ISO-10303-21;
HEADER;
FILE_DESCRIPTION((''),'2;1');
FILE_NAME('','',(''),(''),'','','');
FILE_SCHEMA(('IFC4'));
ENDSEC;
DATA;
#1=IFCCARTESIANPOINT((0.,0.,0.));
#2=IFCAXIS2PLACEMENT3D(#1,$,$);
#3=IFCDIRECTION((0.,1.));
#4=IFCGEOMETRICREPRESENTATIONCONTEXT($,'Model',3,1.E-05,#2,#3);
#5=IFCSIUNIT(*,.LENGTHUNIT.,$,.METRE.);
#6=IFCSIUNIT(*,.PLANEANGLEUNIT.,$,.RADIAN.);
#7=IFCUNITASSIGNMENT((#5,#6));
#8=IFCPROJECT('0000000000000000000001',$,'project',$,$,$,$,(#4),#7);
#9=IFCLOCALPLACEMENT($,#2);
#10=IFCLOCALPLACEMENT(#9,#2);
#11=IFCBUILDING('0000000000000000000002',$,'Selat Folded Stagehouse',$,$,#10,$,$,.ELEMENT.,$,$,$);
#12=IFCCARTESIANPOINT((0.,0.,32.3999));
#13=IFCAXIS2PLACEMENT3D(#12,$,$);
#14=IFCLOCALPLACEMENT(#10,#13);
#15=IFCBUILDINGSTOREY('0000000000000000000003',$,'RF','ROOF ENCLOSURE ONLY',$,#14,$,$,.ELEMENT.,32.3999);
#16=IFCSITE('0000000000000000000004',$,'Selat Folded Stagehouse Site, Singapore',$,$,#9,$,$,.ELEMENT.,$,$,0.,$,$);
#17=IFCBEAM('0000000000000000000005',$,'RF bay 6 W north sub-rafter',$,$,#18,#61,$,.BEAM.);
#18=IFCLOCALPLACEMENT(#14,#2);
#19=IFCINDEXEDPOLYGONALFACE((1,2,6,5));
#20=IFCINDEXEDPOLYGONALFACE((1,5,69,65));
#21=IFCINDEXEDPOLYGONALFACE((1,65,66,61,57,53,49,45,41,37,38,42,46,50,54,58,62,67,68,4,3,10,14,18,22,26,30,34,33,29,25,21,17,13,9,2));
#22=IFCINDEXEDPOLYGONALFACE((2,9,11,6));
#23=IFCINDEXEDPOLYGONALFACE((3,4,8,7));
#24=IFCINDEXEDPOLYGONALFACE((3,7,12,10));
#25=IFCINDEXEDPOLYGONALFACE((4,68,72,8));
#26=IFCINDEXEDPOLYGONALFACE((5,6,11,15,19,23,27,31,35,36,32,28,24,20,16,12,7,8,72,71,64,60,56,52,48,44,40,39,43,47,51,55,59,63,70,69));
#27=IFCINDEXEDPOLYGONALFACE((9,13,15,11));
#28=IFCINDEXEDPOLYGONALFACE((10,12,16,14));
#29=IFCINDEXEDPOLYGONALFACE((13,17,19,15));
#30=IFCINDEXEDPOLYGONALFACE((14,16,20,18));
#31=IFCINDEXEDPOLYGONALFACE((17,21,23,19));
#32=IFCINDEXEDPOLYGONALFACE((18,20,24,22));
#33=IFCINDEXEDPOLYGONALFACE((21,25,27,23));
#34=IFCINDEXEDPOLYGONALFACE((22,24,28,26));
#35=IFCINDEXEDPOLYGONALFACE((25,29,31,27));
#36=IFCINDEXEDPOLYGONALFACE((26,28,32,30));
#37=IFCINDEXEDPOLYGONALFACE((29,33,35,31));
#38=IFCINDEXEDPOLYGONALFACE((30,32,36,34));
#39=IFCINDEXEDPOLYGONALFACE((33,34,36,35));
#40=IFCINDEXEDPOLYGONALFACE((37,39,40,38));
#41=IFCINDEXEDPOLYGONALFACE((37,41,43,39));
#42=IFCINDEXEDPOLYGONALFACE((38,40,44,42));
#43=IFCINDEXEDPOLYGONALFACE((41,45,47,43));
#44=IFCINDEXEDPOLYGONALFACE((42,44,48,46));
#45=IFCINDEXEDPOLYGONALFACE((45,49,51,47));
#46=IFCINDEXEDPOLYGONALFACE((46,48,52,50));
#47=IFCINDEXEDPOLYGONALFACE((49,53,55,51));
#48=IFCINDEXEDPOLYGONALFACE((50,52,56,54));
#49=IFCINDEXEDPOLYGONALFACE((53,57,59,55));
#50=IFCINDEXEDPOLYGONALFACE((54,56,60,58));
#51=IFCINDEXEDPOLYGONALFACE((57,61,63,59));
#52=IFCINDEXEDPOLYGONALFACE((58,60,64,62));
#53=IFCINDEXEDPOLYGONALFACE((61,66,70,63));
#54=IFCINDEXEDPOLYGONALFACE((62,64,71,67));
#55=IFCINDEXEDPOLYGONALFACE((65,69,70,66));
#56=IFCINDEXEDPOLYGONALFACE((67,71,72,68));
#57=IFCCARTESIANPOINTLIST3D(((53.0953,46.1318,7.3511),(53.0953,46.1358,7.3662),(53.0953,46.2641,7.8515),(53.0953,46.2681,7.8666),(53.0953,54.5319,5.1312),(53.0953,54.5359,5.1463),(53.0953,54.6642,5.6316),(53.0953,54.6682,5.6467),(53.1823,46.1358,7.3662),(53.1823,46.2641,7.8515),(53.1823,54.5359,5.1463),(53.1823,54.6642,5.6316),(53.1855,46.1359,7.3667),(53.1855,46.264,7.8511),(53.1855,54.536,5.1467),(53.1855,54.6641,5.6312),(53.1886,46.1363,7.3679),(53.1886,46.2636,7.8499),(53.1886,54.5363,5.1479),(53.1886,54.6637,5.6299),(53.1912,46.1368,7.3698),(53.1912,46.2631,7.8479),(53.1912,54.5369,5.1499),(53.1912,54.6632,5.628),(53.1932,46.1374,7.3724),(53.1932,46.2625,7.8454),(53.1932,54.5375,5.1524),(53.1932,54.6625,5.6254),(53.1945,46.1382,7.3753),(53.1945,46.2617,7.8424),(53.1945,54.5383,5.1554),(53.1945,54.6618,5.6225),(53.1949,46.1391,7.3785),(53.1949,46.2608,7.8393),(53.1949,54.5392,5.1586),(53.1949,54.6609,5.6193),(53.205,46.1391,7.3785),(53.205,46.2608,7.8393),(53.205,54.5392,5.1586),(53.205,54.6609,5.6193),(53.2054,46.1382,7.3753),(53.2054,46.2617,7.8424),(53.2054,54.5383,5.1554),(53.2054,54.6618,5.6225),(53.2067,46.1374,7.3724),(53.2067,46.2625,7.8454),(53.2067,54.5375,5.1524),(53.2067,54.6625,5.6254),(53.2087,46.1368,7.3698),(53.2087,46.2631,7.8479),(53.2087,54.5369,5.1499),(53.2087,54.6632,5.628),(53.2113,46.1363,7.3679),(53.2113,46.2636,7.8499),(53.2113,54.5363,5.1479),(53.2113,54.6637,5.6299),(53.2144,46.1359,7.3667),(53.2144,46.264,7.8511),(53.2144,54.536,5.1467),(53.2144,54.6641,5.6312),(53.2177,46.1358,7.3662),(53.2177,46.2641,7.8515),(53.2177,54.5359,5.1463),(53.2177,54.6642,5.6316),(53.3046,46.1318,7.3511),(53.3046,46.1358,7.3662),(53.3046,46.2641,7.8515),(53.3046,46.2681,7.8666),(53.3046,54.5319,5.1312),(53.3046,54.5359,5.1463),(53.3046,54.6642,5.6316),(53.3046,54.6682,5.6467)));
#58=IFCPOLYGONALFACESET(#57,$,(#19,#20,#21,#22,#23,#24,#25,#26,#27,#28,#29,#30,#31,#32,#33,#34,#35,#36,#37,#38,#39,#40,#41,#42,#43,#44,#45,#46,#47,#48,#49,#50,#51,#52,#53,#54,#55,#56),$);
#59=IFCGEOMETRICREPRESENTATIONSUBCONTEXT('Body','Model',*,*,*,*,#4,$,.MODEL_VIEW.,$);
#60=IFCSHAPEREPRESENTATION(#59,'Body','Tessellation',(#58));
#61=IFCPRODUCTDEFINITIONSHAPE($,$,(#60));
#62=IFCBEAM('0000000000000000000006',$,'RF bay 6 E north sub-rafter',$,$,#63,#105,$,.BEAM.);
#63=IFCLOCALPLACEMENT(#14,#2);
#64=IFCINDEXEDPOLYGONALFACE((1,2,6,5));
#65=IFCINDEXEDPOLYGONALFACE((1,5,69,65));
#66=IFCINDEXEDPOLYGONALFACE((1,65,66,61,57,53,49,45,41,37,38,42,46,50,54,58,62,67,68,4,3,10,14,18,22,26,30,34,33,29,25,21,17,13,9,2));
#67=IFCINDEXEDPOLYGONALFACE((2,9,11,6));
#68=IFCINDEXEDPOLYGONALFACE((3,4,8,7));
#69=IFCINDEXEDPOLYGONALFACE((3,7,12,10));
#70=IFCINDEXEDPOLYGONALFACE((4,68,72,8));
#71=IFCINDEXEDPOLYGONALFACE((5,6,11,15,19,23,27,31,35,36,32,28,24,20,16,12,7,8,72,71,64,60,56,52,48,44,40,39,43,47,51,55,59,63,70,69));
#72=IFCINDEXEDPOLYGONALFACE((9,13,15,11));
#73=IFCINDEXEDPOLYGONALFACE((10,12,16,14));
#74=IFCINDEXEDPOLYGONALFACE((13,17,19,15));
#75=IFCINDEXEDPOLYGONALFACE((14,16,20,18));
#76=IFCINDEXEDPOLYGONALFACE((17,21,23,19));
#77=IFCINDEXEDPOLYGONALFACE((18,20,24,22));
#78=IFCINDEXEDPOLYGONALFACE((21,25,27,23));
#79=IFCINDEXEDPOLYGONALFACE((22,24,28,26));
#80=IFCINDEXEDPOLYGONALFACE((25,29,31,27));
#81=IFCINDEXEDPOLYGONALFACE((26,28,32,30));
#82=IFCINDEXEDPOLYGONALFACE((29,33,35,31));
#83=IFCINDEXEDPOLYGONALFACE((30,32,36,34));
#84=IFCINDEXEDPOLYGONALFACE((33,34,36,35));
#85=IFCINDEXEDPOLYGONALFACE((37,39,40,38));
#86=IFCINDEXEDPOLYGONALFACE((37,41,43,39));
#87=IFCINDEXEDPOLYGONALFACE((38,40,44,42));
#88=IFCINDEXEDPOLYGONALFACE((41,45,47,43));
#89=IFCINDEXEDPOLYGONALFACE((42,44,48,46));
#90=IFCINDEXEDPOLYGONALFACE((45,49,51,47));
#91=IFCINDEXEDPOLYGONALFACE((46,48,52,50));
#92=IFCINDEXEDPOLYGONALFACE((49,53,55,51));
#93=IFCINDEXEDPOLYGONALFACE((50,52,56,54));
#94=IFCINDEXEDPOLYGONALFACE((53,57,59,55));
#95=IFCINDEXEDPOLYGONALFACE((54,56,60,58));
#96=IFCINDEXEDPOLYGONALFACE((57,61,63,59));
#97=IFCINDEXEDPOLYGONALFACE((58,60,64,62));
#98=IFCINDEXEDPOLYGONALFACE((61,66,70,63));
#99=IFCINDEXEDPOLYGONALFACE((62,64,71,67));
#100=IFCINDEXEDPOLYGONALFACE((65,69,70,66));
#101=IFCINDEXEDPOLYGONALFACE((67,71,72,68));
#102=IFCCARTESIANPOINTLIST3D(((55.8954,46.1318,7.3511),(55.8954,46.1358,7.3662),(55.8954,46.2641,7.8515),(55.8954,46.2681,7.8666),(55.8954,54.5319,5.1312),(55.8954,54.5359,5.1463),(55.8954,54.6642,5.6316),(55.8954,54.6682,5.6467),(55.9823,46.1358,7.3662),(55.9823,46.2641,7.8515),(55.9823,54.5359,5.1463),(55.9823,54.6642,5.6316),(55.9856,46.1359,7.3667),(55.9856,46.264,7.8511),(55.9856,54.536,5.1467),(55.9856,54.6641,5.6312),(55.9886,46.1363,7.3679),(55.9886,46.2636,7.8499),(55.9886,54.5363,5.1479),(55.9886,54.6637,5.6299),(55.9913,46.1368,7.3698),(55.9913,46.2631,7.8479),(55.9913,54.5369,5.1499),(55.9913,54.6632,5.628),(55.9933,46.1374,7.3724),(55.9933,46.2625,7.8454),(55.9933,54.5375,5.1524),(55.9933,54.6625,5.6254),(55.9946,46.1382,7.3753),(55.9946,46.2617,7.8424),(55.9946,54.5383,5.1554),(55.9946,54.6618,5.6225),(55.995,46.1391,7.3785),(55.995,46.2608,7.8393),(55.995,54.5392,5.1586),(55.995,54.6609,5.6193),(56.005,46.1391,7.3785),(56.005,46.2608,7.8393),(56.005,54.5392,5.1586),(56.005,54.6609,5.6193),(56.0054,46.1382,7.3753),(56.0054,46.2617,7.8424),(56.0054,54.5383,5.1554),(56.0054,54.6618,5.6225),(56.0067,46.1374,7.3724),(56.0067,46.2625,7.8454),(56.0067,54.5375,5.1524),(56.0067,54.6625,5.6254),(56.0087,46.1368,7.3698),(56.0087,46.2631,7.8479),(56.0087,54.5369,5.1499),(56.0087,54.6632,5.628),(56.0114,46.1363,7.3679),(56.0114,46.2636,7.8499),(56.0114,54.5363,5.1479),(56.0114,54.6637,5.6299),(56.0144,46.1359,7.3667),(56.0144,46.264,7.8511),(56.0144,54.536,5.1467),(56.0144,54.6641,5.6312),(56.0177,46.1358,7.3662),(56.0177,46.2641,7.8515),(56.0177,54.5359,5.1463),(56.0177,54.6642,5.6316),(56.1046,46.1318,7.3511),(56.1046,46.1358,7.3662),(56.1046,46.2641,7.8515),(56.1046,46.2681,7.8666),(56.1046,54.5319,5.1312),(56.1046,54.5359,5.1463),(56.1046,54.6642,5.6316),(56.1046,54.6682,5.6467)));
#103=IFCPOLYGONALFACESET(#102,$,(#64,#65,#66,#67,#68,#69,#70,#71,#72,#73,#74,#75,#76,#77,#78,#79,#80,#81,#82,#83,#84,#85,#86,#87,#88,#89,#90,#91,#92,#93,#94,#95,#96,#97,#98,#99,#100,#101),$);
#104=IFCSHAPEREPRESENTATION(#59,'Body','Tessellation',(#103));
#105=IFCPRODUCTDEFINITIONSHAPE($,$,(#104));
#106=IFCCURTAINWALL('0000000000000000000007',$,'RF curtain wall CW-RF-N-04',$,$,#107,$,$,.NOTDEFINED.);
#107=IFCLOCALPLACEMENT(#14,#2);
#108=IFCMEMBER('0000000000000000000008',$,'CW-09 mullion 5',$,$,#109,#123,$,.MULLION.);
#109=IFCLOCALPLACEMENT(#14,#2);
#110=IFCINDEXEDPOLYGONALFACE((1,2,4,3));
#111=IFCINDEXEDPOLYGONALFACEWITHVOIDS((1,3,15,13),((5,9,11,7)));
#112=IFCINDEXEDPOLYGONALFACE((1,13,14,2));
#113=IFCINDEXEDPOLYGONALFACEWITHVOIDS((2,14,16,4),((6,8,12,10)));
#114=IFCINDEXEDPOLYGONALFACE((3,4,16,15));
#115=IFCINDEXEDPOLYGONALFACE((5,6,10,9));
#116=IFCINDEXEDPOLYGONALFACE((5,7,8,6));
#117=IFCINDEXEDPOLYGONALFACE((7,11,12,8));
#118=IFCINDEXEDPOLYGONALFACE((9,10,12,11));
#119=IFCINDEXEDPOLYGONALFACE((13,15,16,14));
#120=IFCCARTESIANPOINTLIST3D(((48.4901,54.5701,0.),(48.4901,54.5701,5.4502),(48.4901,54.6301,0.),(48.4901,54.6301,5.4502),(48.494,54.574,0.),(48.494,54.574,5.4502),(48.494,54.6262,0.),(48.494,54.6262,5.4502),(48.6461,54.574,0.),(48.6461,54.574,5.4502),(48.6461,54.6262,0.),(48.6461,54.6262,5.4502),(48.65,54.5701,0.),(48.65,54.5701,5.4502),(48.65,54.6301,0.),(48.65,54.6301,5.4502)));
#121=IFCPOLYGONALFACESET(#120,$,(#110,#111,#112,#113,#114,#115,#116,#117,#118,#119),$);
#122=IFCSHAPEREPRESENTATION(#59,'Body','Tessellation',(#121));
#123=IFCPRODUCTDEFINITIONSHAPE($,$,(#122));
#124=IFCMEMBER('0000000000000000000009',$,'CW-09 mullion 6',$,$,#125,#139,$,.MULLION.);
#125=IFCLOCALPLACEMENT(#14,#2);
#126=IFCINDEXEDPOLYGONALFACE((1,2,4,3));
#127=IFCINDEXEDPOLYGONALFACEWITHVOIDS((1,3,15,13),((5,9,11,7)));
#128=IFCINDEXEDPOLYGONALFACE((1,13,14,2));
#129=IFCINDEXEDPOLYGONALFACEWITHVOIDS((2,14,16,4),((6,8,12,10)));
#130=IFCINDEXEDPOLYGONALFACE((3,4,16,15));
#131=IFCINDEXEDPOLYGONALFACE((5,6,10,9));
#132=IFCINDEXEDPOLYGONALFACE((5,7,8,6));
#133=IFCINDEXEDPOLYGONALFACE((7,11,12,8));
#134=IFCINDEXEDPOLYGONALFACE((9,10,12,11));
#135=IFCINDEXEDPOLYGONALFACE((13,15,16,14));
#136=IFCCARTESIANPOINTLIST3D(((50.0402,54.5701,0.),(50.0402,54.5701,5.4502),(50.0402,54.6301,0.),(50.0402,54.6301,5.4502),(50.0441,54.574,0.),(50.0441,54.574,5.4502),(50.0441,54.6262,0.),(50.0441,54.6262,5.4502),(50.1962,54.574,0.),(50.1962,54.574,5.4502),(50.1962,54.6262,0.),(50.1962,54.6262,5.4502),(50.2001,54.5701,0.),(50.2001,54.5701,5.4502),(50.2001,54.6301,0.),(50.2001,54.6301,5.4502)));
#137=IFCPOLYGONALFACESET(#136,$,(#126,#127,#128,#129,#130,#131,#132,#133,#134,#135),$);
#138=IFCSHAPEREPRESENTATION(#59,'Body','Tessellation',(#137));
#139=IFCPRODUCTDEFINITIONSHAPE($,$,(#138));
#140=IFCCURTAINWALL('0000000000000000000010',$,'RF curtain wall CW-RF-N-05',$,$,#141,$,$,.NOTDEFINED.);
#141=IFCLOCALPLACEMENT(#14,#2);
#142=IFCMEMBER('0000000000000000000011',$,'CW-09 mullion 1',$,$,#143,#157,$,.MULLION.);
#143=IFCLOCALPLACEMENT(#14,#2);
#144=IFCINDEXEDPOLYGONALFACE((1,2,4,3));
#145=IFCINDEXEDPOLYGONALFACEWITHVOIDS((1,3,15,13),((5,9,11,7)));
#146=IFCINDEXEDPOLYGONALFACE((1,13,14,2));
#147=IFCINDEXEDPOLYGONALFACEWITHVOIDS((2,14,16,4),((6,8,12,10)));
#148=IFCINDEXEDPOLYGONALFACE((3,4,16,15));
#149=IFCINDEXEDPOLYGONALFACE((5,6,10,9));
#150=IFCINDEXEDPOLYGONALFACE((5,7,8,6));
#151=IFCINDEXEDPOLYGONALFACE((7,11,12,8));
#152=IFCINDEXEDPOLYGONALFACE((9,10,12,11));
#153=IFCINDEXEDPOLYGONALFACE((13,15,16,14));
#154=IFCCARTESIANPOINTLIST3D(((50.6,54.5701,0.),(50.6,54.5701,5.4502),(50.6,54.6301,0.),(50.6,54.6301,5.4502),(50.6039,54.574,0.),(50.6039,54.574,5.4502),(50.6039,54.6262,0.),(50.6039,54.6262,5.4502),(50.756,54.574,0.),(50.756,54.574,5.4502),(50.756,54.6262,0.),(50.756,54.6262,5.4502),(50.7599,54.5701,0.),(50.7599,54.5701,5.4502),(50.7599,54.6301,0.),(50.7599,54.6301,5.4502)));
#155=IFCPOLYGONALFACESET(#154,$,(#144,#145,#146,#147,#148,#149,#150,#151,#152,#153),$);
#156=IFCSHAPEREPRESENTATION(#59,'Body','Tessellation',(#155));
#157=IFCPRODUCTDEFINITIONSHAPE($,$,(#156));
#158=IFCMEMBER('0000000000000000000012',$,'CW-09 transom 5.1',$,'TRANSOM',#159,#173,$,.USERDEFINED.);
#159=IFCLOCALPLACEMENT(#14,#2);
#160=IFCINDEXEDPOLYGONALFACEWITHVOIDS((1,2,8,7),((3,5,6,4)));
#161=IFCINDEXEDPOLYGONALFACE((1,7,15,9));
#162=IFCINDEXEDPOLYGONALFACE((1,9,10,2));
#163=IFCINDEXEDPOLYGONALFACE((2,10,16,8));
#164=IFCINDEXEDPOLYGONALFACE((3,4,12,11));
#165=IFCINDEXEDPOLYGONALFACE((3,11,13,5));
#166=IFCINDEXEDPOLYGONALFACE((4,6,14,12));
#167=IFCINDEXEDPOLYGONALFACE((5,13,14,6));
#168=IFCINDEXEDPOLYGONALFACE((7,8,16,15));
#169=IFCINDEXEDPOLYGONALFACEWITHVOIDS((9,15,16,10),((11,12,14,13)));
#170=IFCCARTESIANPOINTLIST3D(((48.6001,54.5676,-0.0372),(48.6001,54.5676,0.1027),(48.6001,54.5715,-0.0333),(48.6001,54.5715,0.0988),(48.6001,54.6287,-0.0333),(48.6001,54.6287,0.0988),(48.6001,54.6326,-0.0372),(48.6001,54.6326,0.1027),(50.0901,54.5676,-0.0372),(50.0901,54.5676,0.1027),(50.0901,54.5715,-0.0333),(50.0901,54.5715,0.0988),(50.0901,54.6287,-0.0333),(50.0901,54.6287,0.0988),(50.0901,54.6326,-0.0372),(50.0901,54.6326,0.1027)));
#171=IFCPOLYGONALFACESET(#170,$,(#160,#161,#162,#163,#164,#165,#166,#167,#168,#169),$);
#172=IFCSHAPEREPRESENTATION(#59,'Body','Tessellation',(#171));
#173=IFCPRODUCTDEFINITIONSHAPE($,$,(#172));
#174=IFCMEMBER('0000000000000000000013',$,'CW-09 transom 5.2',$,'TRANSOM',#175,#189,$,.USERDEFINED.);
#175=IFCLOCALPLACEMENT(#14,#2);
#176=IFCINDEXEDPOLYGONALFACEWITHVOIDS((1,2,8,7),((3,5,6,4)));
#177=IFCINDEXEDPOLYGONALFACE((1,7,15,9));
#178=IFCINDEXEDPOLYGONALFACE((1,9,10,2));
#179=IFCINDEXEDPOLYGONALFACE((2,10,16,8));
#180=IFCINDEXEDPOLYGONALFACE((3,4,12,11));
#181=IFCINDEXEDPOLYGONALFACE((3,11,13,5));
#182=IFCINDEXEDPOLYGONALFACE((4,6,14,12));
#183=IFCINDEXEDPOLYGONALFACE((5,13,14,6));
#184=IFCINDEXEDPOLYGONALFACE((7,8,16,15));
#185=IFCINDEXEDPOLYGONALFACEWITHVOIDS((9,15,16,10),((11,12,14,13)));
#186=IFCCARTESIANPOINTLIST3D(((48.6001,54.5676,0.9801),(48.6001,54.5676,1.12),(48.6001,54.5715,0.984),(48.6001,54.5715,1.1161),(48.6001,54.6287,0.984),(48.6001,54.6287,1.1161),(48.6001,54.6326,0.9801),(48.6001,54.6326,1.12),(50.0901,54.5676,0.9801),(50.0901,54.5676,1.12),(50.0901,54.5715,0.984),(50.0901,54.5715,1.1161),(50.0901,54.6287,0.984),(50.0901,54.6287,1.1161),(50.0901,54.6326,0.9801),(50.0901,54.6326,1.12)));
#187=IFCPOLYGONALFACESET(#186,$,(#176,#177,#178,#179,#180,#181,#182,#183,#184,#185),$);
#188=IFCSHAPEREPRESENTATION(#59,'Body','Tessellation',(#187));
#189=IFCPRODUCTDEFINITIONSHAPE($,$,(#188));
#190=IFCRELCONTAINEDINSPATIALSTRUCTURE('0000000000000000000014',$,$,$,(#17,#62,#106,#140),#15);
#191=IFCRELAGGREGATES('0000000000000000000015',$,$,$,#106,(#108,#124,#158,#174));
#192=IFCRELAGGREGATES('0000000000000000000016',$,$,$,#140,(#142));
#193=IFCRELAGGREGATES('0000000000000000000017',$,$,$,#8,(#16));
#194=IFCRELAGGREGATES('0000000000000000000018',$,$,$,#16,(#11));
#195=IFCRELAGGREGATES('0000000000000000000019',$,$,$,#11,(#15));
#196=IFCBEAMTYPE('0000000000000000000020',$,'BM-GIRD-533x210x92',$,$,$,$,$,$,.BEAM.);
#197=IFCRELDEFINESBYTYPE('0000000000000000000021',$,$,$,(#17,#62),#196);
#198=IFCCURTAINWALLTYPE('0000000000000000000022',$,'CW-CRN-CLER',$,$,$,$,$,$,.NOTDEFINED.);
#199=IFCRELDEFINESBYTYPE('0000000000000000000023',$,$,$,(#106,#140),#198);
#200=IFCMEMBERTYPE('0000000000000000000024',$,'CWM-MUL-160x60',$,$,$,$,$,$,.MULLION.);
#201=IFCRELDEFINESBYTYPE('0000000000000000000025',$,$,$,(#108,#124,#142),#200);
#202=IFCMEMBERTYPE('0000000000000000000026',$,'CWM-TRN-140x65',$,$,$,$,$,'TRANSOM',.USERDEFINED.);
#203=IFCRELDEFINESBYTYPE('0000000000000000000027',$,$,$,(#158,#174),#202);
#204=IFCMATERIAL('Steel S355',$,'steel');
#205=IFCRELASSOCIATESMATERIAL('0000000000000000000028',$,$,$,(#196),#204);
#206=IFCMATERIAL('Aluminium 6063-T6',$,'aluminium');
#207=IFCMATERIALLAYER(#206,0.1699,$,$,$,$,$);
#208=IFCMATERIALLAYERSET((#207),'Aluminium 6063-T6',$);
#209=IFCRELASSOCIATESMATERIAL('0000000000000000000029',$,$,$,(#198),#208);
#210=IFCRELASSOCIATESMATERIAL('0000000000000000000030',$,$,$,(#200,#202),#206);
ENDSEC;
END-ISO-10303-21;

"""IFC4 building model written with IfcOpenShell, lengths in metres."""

from ifc_helpers import new_model, si_unit, direction, frame, origin, origin_2d, place, context, subcontext, project, spatial, hollow_rectangle, i_section, extrude, material, layer, layer_set, material_profile, profile_set, type_object, element, aggregate, save


model = new_model("IFC4")

# Units and contexts
model_context = context("Model", 3, precision=1e-05, world=origin(), true_north=direction((0.0, 1.0)))
body_context = subcontext(model_context, "Body", "Model", "MODEL_VIEW")
ifc_project = project(units=[si_unit("LENGTHUNIT", "METRE"), si_unit("PLANEANGLEUNIT", "RADIAN")], contexts=[model_context])

# Site, building, storey
site_placement = place(None, origin())
site = spatial("IfcSite", under=ifc_project, at=site_placement, Name="Selat Folded Stagehouse Site, Singapore", CompositionType="ELEMENT", RefElevation=0.0)
building_placement = place(site_placement, origin())
building = spatial("IfcBuilding", under=site, at=building_placement, Name="Selat Folded Stagehouse", CompositionType="ELEMENT")
storey_placement = place(building_placement, frame((0.0, 0.0, 32.3999)))
storey = spatial("IfcBuildingStorey", under=building, at=storey_placement, Name="RF", Description="ROOF ENCLOSURE ONLY", CompositionType="ELEMENT", Elevation=32.3999)

# Shared definitions
ifc_material_1 = material(Name="Steel S355", Category="steel")

# Beams
ifc_material_profile_1 = material_profile(ifc_material_1, i_section(OverallWidth=0.2092, OverallDepth=0.5332, WebThickness=0.01, FlangeThickness=0.0156, FilletRadius=0.0127, at=origin_2d()), Name="UKB 533x210x92")
ifc_profile_set_1 = profile_set([ifc_material_profile_1], Name="Steel S355")
beam_type_1 = type_object("IfcBeamType", Name="BM-GIRD-533x210x92", PredefinedType="BEAM", material=ifc_profile_set_1)
for number, where, z_axis, x_axis, name in (
    (1, (53.2, 46.2, 7.6089), (0.0, 0.966808, -0.255506), (-1.0, 0.0, 0.0), "RF bay 6 W north sub-rafter"),
    (2, (56.0, 46.2, 7.6089), (0.0, 0.966808, -0.255506), (-1.0, 0.0, 0.0), "RF bay 6 E north sub-rafter"),
):
    element("IfcBeam", number, at=place(storey_placement, frame(where, z_axis=z_axis, x_axis=x_axis)), inside=storey, type_object=beam_type_1, Name=name, PredefinedType="BEAM", context=body_context, shape_type="SweptSolid", body=[
        extrude(i_section(OverallWidth=0.2092, OverallDepth=0.5332, WebThickness=0.01, FlangeThickness=0.0156, FilletRadius=0.0127, at=origin_2d()), origin(), (0.0, 0.0, 1.0), 8.6885),
    ])

# Curtain wall, members
ifc_material_2 = material(Name="Aluminium 6063-T6", Category="aluminium")
ifc_layer_1 = layer(ifc_material_2, 0.1699)
ifc_layer_set_1 = layer_set([ifc_layer_1], Name="Aluminium 6063-T6")
curtain_wall_type = type_object("IfcCurtainWallType", Name="CW-CRN-CLER", PredefinedType="NOTDEFINED", material=ifc_layer_set_1)
curtain_wall_1_placement = place(storey_placement, origin())
curtain_wall_1 = element("IfcCurtainWall", 3, at=curtain_wall_1_placement, inside=storey, type_object=curtain_wall_type, Name="RF curtain wall CW-RF-N-04", PredefinedType="NOTDEFINED")
ifc_material_profile_2 = material_profile(ifc_material_2, hollow_rectangle(XDim=0.0601, YDim=0.1599, WallThickness=0.0039, at=origin_2d()), Name="ALU 160x60x4.0")
ifc_profile_set_2 = profile_set([ifc_material_profile_2], Name="Aluminium 6063-T6")
member_type_1 = type_object("IfcMemberType", Name="CWM-MUL-160x60", PredefinedType="MULLION", material=ifc_profile_set_2)
member_1_placement = place(storey_placement, frame((48.5701, 54.6001, 0.0), z_axis=(0.0, 0.0, 1.0), x_axis=(0.0, 1.0, 0.0)))
member_1 = element("IfcMember", 4, at=member_1_placement, type_object=member_type_1, Name="CW-09 mullion 5", PredefinedType="MULLION", context=body_context, shape_type="SweptSolid", body=[
    extrude(hollow_rectangle(XDim=0.0601, YDim=0.1599, WallThickness=0.0039, at=origin_2d()), origin(), (0.0, 0.0, 1.0), 5.4502),
])
member_2_placement = place(storey_placement, frame((50.1201, 54.6001, 0.0), z_axis=(0.0, 0.0, 1.0), x_axis=(0.0, 1.0, 0.0)))
member_2 = element("IfcMember", 5, at=member_2_placement, type_object=member_type_1, Name="CW-09 mullion 6", PredefinedType="MULLION", context=body_context, shape_type="SweptSolid", body=[
    extrude(hollow_rectangle(XDim=0.0601, YDim=0.1599, WallThickness=0.0039, at=origin_2d()), origin(), (0.0, 0.0, 1.0), 5.4502),
])

# Curtain wall, member
curtain_wall_2_placement = place(storey_placement, origin())
curtain_wall_2 = element("IfcCurtainWall", 6, at=curtain_wall_2_placement, inside=storey, type_object=curtain_wall_type, Name="RF curtain wall CW-RF-N-05", PredefinedType="NOTDEFINED")
member_3_placement = place(storey_placement, frame((50.6799, 54.6001, 0.0), z_axis=(0.0, 0.0, 1.0), x_axis=(0.0, 1.0, 0.0)))
member_3 = element("IfcMember", 7, at=member_3_placement, type_object=member_type_1, Name="CW-09 mullion 1", PredefinedType="MULLION", context=body_context, shape_type="SweptSolid", body=[
    extrude(hollow_rectangle(XDim=0.0601, YDim=0.1599, WallThickness=0.0039, at=origin_2d()), origin(), (0.0, 0.0, 1.0), 5.4502),
])

# Members
ifc_material_profile_3 = material_profile(ifc_material_2, hollow_rectangle(XDim=0.0649, YDim=0.1399, WallThickness=0.0039, at=origin_2d()), Name="ALU 140x65x4.0")
ifc_profile_set_3 = profile_set([ifc_material_profile_3], Name="Aluminium 6063-T6")
member_type_2 = type_object("IfcMemberType", Name="CWM-TRN-140x65", ElementType="TRANSOM", PredefinedType="USERDEFINED", material=ifc_profile_set_3)
member_4_placement = place(storey_placement, frame((48.6001, 54.6001, 0.0327), z_axis=(1.0, 0.0, 0.0), x_axis=(0.0, 1.0, 0.0)))
member_4 = element("IfcMember", 8, at=member_4_placement, type_object=member_type_2, Name="CW-09 transom 5.1", ObjectType="TRANSOM", PredefinedType="USERDEFINED", context=body_context, shape_type="SweptSolid", body=[
    extrude(hollow_rectangle(XDim=0.0649, YDim=0.1399, WallThickness=0.0039, at=origin_2d()), origin(), (0.0, 0.0, 1.0), 1.49),
])
member_5_placement = place(storey_placement, frame((48.6001, 54.6001, 1.05), z_axis=(1.0, 0.0, 0.0), x_axis=(0.0, 1.0, 0.0)))
member_5 = element("IfcMember", 9, at=member_5_placement, type_object=member_type_2, Name="CW-09 transom 5.2", ObjectType="TRANSOM", PredefinedType="USERDEFINED", context=body_context, shape_type="SweptSolid", body=[
    extrude(hollow_rectangle(XDim=0.0649, YDim=0.1399, WallThickness=0.0039, at=origin_2d()), origin(), (0.0, 0.0, 1.0), 1.49),
])

aggregate(curtain_wall_1, [member_1, member_2, member_4, member_5])
aggregate(curtain_wall_2, [member_3])

save(model, "model.ifc")
